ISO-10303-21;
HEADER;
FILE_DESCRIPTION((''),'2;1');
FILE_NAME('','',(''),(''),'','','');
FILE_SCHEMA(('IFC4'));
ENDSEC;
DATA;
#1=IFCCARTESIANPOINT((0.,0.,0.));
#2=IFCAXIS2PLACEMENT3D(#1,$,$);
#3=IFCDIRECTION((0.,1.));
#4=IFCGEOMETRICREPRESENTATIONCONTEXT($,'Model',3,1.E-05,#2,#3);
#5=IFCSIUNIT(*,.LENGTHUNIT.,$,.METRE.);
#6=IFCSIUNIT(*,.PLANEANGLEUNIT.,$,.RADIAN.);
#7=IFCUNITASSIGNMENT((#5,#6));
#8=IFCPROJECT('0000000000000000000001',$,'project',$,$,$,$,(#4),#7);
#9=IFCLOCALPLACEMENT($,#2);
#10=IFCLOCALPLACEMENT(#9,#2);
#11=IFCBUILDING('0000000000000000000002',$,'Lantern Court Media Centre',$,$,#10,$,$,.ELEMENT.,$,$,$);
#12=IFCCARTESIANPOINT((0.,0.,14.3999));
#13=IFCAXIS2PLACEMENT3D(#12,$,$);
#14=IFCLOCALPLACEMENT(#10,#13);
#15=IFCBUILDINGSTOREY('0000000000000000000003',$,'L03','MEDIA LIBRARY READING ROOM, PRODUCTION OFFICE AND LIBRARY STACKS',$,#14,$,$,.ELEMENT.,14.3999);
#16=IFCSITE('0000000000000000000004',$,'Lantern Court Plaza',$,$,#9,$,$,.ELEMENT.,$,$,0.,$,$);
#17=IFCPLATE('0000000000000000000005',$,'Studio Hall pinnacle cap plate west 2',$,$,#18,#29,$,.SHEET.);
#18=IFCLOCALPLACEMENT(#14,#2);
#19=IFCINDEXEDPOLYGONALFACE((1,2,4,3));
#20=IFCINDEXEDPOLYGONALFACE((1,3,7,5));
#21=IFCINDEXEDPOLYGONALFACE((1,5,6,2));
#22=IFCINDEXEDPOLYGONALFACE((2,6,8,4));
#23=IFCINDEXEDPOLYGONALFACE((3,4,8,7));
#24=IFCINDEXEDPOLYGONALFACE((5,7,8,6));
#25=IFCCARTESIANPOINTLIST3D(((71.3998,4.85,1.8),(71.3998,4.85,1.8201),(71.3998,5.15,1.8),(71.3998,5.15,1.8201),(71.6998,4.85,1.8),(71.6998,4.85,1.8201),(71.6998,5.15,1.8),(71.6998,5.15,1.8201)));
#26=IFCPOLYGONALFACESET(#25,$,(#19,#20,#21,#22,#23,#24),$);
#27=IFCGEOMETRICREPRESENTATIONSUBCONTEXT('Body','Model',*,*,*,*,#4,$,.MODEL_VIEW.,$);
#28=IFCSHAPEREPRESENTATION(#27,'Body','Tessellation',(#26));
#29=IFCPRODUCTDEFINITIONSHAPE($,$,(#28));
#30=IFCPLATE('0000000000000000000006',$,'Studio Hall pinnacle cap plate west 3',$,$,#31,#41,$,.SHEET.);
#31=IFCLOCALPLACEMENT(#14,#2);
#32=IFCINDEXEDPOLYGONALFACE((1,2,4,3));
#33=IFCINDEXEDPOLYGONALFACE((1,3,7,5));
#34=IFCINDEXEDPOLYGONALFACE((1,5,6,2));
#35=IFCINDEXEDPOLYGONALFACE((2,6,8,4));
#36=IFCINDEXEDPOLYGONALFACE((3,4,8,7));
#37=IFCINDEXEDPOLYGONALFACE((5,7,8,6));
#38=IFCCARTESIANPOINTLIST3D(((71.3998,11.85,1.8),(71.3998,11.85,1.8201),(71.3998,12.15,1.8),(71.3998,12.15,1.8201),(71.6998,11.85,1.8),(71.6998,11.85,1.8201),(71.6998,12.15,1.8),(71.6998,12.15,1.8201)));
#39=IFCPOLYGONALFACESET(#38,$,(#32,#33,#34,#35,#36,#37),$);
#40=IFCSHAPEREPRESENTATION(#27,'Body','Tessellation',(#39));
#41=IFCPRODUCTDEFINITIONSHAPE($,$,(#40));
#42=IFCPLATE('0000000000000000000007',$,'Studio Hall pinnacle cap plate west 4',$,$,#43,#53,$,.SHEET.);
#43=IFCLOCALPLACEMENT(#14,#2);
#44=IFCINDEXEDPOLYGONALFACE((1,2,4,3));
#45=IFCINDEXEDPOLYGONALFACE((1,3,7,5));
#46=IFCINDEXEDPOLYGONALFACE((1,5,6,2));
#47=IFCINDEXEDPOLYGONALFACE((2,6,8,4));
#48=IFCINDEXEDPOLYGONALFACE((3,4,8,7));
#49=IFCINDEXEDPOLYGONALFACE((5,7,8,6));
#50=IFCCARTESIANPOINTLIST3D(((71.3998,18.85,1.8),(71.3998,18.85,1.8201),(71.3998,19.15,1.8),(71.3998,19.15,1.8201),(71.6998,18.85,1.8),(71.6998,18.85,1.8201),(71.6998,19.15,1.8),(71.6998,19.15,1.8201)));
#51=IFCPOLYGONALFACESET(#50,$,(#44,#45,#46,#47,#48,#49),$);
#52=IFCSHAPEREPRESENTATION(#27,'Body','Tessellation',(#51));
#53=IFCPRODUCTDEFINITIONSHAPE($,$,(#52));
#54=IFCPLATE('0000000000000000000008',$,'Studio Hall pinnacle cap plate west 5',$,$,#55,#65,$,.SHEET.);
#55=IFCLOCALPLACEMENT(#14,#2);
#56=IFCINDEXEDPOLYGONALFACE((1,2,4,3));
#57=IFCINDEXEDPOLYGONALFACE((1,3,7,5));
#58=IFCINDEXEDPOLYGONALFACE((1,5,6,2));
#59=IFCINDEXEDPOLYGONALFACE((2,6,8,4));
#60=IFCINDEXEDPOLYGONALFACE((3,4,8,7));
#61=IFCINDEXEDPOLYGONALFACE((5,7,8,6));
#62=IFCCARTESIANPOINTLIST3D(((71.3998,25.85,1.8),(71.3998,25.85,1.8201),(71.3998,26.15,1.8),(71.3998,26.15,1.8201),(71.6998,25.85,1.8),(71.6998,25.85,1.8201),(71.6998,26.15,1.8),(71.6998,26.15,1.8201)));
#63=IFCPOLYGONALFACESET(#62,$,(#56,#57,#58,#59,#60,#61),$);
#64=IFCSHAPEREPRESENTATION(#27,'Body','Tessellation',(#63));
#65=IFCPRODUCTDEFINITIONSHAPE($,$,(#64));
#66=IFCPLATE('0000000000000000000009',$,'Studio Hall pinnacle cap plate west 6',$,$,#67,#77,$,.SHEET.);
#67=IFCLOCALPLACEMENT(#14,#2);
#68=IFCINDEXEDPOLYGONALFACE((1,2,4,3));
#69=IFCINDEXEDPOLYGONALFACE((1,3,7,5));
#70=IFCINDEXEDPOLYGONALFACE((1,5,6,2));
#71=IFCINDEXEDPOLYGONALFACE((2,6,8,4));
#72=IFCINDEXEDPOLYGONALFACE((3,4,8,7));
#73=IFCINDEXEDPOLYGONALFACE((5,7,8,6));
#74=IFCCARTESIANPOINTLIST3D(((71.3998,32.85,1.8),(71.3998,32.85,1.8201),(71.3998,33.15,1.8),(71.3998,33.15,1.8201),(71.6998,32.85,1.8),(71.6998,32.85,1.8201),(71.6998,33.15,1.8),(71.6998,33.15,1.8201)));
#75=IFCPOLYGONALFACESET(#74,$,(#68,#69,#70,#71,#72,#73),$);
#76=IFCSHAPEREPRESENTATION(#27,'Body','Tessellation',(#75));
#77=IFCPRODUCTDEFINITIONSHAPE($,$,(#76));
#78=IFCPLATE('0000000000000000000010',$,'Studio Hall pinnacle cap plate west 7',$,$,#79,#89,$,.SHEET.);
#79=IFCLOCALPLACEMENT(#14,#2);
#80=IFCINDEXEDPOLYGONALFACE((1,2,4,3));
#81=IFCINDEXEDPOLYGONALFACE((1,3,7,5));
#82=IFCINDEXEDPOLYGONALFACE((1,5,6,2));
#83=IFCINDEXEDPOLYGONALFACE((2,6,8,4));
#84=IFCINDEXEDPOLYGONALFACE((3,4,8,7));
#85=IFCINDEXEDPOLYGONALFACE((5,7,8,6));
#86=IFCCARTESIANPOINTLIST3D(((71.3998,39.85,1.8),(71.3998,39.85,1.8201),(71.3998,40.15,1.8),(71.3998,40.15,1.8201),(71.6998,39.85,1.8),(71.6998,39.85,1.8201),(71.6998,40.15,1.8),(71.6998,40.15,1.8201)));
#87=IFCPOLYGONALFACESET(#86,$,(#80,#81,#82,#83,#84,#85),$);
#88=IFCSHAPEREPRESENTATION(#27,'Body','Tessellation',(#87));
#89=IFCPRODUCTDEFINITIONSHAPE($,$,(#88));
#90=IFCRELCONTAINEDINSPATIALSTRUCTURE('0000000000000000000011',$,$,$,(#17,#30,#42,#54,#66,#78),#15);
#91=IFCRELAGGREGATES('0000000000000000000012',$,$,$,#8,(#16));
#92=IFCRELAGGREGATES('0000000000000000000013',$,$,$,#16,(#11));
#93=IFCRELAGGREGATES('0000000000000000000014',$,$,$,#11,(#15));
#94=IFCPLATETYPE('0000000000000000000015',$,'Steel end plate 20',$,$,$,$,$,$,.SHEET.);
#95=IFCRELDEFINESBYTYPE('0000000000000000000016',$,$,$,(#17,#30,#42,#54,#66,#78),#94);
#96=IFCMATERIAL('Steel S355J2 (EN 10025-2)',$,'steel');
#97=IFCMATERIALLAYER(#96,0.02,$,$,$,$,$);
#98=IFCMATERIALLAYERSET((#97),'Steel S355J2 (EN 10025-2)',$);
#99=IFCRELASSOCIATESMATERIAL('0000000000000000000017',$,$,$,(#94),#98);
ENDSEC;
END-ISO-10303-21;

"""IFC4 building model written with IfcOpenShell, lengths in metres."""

from ifc_helpers import new_model, si_unit, direction, frame, origin, origin_2d, place, context, subcontext, project, spatial, rectangle, extrude, material, layer, layer_set, type_object, element, save


model = new_model("IFC4")

# Units and contexts
model_context = context("Model", 3, precision=1e-05, world=origin(), true_north=direction((0.0, 1.0)))
body_context = subcontext(model_context, "Body", "Model", "MODEL_VIEW")
ifc_project = project(units=[si_unit("LENGTHUNIT", "METRE"), si_unit("PLANEANGLEUNIT", "RADIAN")], contexts=[model_context])

# Site, building, storey
site_placement = place(None, origin())
site = spatial("IfcSite", under=ifc_project, at=site_placement, Name="Lantern Court Plaza", CompositionType="ELEMENT", RefElevation=0.0)
building_placement = place(site_placement, origin())
building = spatial("IfcBuilding", under=site, at=building_placement, Name="Lantern Court Media Centre", CompositionType="ELEMENT")
storey_placement = place(building_placement, frame((0.0, 0.0, 14.3999)))
storey = spatial("IfcBuildingStorey", under=building, at=storey_placement, Name="L03", Description="MEDIA LIBRARY READING ROOM, PRODUCTION OFFICE AND LIBRARY STACKS", CompositionType="ELEMENT", Elevation=14.3999)

# Shared definitions
ifc_material_1 = material(Name="Steel S355J2 (EN 10025-2)", Category="steel")

# Plates
ifc_layer_1 = layer(ifc_material_1, 0.02)
ifc_layer_set_1 = layer_set([ifc_layer_1], Name="Steel S355J2 (EN 10025-2)")
plate_type = type_object("IfcPlateType", Name="Steel end plate 20", PredefinedType="SHEET", material=ifc_layer_set_1)
for number, where, z_axis, x_axis, name in (
    (1, (71.5498, 5.0, 1.8), (0.0, 0.0, 1.0), (1.0, 0.0, 0.0), "Studio Hall pinnacle cap plate west 2"),
    (2, (71.5498, 12.0, 1.8), (0.0, 0.0, 1.0), (1.0, 0.0, 0.0), "Studio Hall pinnacle cap plate west 3"),
    (3, (71.5498, 19.0, 1.8), (0.0, 0.0, 1.0), (1.0, 0.0, 0.0), "Studio Hall pinnacle cap plate west 4"),
    (4, (71.5498, 26.0, 1.8), (0.0, 0.0, 1.0), (1.0, 0.0, 0.0), "Studio Hall pinnacle cap plate west 5"),
    (5, (71.5498, 33.0, 1.8), (0.0, 0.0, 1.0), (1.0, 0.0, 0.0), "Studio Hall pinnacle cap plate west 6"),
    (6, (71.5498, 40.0, 1.8), (0.0, 0.0, 1.0), (1.0, 0.0, 0.0), "Studio Hall pinnacle cap plate west 7"),
):
    element("IfcPlate", number, at=place(storey_placement, frame(where, z_axis=z_axis, x_axis=x_axis)), inside=storey, type_object=plate_type, Name=name, PredefinedType="SHEET", context=body_context, shape_type="SweptSolid", body=[
        extrude(rectangle(XDim=0.3, YDim=0.3, at=origin_2d()), origin(), (0.0, 0.0, 1.0), 0.02),
    ])

save(model, "model.ifc")
